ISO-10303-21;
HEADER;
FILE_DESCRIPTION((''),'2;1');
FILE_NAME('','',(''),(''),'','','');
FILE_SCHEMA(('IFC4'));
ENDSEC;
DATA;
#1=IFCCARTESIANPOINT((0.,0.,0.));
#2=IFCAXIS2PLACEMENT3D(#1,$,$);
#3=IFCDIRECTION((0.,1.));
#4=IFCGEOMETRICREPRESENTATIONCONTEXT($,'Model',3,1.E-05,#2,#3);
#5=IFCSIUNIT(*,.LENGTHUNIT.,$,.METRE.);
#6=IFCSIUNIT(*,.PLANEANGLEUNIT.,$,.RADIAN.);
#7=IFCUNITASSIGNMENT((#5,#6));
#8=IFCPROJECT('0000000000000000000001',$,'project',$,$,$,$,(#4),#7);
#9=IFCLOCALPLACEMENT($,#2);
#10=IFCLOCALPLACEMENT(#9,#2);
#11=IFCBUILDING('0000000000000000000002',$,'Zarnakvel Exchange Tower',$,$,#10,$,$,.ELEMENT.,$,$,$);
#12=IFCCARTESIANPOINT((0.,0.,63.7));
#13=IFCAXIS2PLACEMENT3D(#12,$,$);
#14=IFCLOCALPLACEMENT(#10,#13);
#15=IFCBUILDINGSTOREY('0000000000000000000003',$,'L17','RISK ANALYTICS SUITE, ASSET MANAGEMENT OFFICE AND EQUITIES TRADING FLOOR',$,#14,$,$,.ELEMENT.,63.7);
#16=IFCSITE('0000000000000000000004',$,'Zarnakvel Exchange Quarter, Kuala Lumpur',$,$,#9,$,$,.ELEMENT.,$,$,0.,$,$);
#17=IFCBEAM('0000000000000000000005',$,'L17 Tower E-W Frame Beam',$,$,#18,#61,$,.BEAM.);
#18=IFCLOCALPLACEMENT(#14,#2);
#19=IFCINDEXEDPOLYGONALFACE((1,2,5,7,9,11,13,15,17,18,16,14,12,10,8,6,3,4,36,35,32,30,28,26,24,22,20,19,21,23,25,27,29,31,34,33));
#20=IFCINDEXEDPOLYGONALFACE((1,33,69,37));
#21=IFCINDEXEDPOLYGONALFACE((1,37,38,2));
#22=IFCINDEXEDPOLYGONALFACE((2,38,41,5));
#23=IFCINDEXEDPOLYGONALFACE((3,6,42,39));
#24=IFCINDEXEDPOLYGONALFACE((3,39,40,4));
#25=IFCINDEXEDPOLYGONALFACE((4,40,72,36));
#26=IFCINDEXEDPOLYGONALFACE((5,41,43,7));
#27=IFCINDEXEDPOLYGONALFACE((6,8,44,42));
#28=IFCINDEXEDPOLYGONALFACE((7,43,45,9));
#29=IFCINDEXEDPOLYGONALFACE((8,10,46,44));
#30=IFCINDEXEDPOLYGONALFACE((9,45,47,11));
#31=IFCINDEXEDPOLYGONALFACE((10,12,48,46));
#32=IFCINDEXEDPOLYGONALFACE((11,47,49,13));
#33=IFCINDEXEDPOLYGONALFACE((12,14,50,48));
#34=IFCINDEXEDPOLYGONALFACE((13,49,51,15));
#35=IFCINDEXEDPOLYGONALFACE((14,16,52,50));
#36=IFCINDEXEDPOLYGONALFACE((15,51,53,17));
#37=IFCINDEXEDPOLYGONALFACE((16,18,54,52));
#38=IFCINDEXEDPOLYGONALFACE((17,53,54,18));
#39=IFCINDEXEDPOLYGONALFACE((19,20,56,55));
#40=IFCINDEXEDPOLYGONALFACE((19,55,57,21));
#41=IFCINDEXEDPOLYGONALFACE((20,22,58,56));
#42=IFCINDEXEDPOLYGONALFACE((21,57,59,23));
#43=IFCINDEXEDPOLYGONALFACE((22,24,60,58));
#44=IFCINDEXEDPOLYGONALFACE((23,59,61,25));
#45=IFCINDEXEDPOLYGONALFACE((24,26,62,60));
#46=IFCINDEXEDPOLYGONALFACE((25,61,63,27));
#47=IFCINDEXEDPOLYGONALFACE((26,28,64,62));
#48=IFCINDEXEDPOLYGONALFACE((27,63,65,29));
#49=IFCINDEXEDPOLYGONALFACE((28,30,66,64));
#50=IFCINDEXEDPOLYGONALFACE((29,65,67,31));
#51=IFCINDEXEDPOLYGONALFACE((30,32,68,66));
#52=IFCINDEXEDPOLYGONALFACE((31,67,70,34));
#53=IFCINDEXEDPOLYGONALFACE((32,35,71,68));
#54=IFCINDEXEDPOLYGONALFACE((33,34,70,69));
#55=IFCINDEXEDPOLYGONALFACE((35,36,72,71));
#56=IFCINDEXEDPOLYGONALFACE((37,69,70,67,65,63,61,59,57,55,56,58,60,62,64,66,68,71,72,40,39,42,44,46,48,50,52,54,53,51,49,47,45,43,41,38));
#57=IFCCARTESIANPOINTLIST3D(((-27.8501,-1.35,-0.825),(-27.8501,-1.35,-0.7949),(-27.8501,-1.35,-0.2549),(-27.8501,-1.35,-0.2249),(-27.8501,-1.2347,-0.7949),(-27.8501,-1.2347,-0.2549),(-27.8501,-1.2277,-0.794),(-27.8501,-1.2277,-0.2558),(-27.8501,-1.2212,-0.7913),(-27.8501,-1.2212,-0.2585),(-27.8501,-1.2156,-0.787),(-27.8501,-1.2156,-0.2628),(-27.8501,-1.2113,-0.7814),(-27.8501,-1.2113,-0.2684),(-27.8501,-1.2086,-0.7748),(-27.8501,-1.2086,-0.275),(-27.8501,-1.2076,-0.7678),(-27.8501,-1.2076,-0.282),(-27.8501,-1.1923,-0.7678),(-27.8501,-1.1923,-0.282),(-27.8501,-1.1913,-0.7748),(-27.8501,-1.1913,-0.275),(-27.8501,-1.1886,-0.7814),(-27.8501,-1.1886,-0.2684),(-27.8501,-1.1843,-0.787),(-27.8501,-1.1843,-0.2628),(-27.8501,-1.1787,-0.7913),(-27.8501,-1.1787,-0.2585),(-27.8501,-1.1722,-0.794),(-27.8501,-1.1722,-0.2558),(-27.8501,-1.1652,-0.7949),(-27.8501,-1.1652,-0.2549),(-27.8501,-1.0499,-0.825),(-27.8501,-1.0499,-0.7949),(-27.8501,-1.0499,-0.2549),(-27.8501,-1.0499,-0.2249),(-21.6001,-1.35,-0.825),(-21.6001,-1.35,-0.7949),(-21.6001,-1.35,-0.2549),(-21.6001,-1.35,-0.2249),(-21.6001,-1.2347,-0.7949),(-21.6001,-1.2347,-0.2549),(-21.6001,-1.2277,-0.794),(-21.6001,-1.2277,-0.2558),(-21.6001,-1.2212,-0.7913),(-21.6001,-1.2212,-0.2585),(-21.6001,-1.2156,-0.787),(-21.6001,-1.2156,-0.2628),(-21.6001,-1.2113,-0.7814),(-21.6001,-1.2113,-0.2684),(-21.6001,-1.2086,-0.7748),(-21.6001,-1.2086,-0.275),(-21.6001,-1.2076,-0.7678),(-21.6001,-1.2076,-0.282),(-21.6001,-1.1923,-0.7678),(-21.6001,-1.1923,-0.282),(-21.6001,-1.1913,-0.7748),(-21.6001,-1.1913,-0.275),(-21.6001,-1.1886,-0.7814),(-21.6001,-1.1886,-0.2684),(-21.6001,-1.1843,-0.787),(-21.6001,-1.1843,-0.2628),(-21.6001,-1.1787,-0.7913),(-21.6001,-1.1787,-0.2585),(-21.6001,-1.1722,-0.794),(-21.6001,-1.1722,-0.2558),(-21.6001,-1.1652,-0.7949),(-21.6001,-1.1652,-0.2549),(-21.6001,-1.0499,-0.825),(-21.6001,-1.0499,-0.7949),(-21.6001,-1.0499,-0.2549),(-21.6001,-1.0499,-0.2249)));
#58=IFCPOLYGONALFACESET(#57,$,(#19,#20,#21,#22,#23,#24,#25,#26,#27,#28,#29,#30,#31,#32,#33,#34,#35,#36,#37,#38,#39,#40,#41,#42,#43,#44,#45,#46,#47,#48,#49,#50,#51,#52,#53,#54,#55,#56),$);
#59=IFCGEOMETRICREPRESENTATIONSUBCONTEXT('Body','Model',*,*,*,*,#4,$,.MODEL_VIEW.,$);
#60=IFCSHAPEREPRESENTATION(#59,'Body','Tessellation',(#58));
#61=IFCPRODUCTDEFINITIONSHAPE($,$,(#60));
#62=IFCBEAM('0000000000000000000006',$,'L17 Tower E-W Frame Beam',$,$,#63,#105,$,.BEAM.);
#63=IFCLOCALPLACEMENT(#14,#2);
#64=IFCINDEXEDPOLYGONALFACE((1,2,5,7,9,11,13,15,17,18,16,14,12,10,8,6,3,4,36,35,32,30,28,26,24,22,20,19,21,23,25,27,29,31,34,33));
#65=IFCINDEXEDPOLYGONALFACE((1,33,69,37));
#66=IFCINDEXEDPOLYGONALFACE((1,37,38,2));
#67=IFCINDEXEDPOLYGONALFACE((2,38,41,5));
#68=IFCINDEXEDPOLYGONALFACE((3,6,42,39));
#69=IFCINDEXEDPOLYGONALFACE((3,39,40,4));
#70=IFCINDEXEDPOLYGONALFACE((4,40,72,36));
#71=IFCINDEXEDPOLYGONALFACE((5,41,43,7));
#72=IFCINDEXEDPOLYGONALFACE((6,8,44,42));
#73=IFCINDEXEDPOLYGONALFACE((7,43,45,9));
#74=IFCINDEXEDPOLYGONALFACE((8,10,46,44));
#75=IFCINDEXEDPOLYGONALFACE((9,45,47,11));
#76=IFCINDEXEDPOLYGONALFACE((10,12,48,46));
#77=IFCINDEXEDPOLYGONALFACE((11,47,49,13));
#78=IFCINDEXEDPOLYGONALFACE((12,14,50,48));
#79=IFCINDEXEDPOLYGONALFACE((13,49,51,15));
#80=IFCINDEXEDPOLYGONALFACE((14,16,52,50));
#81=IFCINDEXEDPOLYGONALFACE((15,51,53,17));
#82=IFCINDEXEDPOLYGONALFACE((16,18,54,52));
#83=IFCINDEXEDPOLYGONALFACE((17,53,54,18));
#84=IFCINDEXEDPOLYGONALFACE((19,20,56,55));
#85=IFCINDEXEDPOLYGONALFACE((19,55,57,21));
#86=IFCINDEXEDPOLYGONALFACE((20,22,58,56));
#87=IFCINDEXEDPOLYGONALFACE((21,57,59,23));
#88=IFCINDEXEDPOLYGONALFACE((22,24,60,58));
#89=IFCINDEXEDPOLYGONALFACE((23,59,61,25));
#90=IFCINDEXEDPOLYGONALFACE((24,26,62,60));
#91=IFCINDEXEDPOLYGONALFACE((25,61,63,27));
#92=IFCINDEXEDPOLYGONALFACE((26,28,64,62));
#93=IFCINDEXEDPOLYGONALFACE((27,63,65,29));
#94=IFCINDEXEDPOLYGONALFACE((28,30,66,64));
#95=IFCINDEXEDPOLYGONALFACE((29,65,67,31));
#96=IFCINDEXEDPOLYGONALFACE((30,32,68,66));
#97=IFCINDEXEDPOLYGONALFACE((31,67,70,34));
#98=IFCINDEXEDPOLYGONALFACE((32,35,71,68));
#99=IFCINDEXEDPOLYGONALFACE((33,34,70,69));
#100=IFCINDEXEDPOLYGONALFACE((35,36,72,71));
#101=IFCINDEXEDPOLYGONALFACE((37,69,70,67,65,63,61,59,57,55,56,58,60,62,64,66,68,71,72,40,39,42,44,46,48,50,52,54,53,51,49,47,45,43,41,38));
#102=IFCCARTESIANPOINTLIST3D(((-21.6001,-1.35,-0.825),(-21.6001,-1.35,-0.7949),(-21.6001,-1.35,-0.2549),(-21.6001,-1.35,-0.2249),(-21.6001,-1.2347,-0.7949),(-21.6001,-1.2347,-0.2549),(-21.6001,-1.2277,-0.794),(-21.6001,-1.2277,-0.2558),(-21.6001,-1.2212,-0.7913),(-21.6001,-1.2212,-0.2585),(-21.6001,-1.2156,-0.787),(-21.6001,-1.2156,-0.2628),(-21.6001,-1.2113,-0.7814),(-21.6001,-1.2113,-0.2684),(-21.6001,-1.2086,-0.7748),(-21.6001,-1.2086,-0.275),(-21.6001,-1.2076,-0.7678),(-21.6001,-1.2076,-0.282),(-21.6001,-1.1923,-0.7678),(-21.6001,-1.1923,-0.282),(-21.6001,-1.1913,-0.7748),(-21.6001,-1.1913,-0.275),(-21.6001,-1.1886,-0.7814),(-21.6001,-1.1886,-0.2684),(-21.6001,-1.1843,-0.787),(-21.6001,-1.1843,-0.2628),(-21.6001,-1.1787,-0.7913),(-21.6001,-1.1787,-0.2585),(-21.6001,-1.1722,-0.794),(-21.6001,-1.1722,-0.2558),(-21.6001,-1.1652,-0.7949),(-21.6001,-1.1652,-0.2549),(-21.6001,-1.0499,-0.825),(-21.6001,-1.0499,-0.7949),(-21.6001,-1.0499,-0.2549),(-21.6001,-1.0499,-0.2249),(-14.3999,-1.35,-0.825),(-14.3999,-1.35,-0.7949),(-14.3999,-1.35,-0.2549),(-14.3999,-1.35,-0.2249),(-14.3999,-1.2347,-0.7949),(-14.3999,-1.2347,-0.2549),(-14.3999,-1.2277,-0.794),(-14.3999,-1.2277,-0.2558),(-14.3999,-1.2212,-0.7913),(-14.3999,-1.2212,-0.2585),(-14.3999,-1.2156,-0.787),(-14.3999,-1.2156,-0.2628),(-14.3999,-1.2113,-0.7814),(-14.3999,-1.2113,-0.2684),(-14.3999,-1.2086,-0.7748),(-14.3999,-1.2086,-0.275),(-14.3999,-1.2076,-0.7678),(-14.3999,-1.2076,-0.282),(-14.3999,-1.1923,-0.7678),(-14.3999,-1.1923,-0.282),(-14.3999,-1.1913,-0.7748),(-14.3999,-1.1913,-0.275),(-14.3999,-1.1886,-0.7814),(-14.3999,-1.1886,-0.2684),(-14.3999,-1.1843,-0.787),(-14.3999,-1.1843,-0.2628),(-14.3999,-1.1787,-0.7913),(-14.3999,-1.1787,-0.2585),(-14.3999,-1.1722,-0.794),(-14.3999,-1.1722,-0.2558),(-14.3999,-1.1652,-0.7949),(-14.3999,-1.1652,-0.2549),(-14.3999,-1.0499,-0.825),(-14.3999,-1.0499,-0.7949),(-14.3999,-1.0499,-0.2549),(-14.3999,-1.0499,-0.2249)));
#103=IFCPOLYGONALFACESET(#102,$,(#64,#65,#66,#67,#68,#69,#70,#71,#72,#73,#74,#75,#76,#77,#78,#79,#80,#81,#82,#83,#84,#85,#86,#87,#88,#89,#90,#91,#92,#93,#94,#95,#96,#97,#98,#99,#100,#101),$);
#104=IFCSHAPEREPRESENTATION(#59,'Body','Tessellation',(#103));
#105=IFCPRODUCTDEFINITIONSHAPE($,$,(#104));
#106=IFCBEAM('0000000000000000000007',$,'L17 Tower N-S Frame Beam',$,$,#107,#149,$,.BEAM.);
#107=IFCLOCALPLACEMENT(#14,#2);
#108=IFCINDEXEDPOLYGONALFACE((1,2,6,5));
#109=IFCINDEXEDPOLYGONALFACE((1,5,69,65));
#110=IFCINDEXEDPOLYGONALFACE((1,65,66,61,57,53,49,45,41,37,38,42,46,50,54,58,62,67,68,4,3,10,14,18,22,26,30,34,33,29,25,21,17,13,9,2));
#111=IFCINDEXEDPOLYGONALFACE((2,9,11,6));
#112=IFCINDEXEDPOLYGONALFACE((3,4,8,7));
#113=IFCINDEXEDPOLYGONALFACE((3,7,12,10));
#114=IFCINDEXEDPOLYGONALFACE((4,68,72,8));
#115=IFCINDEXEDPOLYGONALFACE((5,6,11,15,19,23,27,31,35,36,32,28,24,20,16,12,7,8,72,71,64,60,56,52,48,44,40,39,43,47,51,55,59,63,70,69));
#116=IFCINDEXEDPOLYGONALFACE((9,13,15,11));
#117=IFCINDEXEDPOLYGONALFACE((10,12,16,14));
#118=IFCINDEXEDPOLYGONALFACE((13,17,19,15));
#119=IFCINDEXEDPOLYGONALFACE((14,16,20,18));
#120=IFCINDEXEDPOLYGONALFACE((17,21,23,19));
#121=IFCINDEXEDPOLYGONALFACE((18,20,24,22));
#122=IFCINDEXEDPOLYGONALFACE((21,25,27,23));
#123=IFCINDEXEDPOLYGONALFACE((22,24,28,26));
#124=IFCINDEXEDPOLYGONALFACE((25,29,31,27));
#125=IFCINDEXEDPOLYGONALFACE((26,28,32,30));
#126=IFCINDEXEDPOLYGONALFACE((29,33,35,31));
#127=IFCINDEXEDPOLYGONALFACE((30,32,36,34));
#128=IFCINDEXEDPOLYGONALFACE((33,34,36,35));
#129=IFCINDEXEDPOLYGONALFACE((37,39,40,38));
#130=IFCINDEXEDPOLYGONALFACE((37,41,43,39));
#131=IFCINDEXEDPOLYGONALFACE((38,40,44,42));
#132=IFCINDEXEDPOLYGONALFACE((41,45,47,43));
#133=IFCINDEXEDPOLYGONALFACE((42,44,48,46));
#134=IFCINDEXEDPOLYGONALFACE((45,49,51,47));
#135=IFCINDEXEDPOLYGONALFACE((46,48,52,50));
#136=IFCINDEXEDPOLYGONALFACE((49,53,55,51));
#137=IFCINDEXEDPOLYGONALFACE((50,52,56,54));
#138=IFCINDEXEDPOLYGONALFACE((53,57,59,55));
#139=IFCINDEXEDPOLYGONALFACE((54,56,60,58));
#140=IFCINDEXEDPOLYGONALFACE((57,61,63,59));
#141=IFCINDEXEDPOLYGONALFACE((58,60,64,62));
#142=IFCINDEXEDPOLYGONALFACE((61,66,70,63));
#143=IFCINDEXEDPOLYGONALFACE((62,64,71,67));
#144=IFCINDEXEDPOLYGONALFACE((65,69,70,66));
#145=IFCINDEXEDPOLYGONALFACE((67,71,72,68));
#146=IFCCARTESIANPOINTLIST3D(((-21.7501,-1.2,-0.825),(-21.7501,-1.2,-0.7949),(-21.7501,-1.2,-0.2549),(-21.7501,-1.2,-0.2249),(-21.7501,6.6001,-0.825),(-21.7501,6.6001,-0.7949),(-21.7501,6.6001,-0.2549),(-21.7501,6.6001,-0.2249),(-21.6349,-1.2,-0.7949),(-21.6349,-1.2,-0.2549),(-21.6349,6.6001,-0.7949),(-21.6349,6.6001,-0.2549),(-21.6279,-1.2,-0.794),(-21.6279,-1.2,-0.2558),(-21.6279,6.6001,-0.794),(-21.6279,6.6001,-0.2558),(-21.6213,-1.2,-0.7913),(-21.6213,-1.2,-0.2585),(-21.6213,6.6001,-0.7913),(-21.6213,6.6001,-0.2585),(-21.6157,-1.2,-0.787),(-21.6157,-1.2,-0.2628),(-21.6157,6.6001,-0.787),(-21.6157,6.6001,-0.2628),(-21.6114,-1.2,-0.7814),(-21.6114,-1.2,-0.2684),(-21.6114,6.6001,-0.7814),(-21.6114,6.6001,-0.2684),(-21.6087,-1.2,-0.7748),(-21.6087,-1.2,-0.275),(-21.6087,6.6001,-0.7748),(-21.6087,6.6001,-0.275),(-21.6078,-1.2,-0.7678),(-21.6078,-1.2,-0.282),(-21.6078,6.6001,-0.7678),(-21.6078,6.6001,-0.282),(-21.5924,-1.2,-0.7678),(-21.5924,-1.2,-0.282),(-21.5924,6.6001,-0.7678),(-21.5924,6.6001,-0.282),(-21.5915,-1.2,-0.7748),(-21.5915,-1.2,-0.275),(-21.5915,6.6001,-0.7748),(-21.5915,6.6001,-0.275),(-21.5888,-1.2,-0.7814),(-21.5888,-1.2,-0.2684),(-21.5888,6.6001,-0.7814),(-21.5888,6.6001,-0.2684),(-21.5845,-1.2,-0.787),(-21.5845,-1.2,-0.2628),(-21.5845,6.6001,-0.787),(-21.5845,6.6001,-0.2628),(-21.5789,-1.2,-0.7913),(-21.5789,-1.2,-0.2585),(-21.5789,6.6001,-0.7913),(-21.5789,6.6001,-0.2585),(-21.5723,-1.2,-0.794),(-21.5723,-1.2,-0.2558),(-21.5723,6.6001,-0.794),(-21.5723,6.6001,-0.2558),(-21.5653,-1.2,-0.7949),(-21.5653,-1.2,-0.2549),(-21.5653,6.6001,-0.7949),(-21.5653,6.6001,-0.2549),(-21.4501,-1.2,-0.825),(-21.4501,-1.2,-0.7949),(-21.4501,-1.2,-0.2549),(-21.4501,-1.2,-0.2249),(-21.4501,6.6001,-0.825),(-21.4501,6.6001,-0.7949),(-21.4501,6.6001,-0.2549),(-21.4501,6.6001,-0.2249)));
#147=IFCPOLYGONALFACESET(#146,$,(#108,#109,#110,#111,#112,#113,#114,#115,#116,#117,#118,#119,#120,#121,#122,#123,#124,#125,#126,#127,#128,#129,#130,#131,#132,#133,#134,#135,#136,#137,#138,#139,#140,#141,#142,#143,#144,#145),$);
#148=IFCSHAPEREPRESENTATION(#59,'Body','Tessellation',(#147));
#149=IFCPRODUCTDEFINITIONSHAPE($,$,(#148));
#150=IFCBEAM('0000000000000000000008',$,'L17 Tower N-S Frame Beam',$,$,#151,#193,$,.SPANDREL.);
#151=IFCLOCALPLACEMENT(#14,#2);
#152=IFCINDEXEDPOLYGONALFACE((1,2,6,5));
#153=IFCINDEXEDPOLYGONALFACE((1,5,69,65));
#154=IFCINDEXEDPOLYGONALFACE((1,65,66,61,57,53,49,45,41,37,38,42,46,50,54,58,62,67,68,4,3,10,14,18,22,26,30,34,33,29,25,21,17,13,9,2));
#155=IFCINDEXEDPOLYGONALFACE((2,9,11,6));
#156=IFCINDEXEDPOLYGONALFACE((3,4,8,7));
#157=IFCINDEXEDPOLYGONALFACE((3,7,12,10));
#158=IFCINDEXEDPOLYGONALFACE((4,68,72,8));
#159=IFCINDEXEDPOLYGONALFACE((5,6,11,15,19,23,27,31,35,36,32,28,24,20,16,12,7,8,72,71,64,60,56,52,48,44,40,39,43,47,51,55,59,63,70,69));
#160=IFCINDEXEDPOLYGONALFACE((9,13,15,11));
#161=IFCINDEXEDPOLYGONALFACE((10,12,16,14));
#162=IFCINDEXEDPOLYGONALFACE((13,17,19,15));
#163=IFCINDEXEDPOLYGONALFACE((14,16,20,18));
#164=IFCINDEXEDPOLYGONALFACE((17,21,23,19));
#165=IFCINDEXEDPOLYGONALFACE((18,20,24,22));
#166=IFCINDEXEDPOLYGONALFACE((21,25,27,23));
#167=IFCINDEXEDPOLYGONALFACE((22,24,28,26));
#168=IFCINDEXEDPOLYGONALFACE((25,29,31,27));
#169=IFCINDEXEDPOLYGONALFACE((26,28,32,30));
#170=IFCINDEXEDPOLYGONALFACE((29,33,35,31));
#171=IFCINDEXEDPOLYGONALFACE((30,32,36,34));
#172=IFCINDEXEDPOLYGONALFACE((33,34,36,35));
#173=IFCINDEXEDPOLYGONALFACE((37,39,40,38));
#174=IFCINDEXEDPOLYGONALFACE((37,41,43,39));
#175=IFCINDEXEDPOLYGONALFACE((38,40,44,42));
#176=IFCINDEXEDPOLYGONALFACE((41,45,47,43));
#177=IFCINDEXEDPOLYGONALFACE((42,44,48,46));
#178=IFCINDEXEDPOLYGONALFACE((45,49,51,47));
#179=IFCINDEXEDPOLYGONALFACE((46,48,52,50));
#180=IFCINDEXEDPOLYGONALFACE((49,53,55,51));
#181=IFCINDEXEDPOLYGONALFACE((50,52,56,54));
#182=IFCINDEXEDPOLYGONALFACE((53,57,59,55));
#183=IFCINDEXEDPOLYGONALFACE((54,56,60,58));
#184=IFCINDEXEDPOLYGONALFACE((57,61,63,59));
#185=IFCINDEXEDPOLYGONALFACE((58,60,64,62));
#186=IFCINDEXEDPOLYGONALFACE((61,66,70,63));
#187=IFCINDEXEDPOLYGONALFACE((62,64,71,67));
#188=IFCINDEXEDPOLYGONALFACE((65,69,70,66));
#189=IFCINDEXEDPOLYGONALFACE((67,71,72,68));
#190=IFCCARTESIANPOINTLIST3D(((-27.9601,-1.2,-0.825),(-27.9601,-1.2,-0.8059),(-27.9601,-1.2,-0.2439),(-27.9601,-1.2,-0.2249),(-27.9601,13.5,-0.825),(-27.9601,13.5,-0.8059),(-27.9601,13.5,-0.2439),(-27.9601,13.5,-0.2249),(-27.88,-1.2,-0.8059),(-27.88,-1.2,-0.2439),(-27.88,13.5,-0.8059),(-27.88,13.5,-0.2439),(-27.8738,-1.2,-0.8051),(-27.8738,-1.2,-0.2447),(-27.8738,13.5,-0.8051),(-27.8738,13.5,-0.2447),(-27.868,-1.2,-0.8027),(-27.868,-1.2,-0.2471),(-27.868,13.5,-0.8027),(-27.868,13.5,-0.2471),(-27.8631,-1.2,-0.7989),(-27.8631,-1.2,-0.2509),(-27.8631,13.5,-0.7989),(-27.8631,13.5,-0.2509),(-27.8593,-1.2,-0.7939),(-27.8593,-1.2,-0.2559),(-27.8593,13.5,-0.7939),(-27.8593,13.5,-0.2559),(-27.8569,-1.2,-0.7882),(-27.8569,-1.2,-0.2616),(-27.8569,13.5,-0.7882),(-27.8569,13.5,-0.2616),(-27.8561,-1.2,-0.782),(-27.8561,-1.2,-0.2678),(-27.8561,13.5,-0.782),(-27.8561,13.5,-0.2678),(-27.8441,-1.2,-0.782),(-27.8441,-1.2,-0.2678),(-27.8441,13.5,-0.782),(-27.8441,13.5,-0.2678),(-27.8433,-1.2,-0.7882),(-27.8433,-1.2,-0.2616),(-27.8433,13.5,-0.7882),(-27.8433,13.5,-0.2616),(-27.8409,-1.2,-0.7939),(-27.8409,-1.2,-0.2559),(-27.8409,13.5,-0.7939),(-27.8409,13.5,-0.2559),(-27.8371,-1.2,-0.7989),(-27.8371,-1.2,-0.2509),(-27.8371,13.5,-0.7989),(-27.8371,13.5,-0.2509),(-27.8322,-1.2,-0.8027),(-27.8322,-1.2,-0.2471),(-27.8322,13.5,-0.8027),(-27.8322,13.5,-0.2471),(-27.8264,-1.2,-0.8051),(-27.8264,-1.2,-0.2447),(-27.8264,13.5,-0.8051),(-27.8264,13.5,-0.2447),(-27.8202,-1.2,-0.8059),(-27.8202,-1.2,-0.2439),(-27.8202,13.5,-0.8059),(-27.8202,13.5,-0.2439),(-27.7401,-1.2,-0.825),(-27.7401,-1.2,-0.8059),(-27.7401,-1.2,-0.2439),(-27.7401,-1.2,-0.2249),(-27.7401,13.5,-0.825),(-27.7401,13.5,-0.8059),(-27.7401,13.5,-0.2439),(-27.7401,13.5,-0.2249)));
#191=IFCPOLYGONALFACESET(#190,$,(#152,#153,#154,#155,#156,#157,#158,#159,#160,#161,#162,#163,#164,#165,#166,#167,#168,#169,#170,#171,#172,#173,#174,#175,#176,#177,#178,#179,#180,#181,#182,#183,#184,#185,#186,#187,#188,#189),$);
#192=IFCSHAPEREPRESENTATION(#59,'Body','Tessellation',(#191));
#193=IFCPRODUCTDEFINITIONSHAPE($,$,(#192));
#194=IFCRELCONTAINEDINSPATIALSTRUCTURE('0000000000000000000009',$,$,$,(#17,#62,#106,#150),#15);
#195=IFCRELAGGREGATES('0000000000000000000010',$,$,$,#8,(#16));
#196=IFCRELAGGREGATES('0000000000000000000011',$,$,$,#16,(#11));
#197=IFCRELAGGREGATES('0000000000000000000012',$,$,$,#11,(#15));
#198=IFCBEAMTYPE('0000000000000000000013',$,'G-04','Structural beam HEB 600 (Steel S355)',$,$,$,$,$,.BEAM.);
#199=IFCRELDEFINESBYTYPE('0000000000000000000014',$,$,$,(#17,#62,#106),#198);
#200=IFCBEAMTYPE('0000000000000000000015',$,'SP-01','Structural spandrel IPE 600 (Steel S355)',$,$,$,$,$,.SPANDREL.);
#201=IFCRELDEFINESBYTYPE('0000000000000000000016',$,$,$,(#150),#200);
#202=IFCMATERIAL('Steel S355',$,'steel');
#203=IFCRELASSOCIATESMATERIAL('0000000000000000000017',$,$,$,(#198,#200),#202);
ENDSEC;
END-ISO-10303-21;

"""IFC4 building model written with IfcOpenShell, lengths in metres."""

from ifc_helpers import new_model, si_unit, direction, frame, origin, origin_2d, place, context, subcontext, project, spatial, i_section, extrude, material, material_profile, profile_set, type_object, element, save


model = new_model("IFC4")

# Units and contexts
model_context = context("Model", 3, precision=1e-05, world=origin(), true_north=direction((0.0, 1.0)))
body_context = subcontext(model_context, "Body", "Model", "MODEL_VIEW")
ifc_project = project(units=[si_unit("LENGTHUNIT", "METRE"), si_unit("PLANEANGLEUNIT", "RADIAN")], contexts=[model_context])

# Site, building, storey
site_placement = place(None, origin())
site = spatial("IfcSite", under=ifc_project, at=site_placement, Name="Zarnakvel Exchange Quarter, Kuala Lumpur", CompositionType="ELEMENT", RefElevation=0.0)
building_placement = place(site_placement, origin())
building = spatial("IfcBuilding", under=site, at=building_placement, Name="Zarnakvel Exchange Tower", CompositionType="ELEMENT")
storey_placement = place(building_placement, frame((0.0, 0.0, 63.7)))
storey = spatial("IfcBuildingStorey", under=building, at=storey_placement, Name="L17", Description="RISK ANALYTICS SUITE, ASSET MANAGEMENT OFFICE AND EQUITIES TRADING FLOOR", CompositionType="ELEMENT", Elevation=63.7)

# Shared definitions
ifc_material_1 = material(Name="Steel S355", Category="steel")

# Beams
ifc_material_profile_1 = material_profile(ifc_material_1, i_section(OverallWidth=0.3, OverallDepth=0.6001, WebThickness=0.0154, FlangeThickness=0.03, FilletRadius=0.0271, at=origin_2d()))
ifc_profile_set_1 = profile_set([ifc_material_profile_1], Name="Steel S355")
beam_type_1 = type_object("IfcBeamType", Name="G-04", Description="Structural beam HEB 600 (Steel S355)", PredefinedType="BEAM", material=ifc_profile_set_1)
beam_1_placement = place(storey_placement, frame((-27.8501, -1.2, -0.5249), z_axis=(1.0, 0.0, 0.0), x_axis=(0.0, 1.0, 0.0)))
element("IfcBeam", 1, at=beam_1_placement, inside=storey, type_object=beam_type_1, Name="L17 Tower E-W Frame Beam", PredefinedType="BEAM", context=body_context, shape_type="SweptSolid", body=[
    extrude(i_section(OverallWidth=0.3, OverallDepth=0.6001, WebThickness=0.0154, FlangeThickness=0.03, FilletRadius=0.0271, at=origin_2d()), origin(), (0.0, 0.0, 1.0), 6.25),
])
beam_2_placement = place(storey_placement, frame((-21.6001, -1.2, -0.5249), z_axis=(1.0, 0.0, 0.0), x_axis=(0.0, 1.0, 0.0)))
element("IfcBeam", 2, at=beam_2_placement, inside=storey, type_object=beam_type_1, Name="L17 Tower E-W Frame Beam", PredefinedType="BEAM", context=body_context, shape_type="SweptSolid", body=[
    extrude(i_section(OverallWidth=0.3, OverallDepth=0.6001, WebThickness=0.0154, FlangeThickness=0.03, FilletRadius=0.0271, at=origin_2d()), origin(), (0.0, 0.0, 1.0), 7.2002),
])
beam_3_placement = place(storey_placement, frame((-21.6001, -1.2, -0.5249), z_axis=(0.0, 1.0, 0.0), x_axis=(-1.0, 0.0, 0.0)))
element("IfcBeam", 3, at=beam_3_placement, inside=storey, type_object=beam_type_1, Name="L17 Tower N-S Frame Beam", PredefinedType="BEAM", context=body_context, shape_type="SweptSolid", body=[
    extrude(i_section(OverallWidth=0.3, OverallDepth=0.6001, WebThickness=0.0154, FlangeThickness=0.03, FilletRadius=0.0271, at=origin_2d()), origin(), (0.0, 0.0, 1.0), 7.8),
])
ifc_material_profile_2 = material_profile(ifc_material_1, i_section(OverallWidth=0.22, OverallDepth=0.6001, WebThickness=0.012, FlangeThickness=0.019, FilletRadius=0.0239, at=origin_2d()))
ifc_profile_set_2 = profile_set([ifc_material_profile_2], Name="Steel S355")
beam_type_2 = type_object("IfcBeamType", Name="SP-01", Description="Structural spandrel IPE 600 (Steel S355)", PredefinedType="SPANDREL", material=ifc_profile_set_2)
beam_4_placement = place(storey_placement, frame((-27.8501, -1.2, -0.5249), z_axis=(0.0, 1.0, 0.0), x_axis=(-1.0, 0.0, 0.0)))
element("IfcBeam", 4, at=beam_4_placement, inside=storey, type_object=beam_type_2, Name="L17 Tower N-S Frame Beam", PredefinedType="SPANDREL", context=body_context, shape_type="SweptSolid", body=[
    extrude(i_section(OverallWidth=0.22, OverallDepth=0.6001, WebThickness=0.012, FlangeThickness=0.019, FilletRadius=0.0239, at=origin_2d()), origin(), (0.0, 0.0, 1.0), 14.7),
])

save(model, "model.ifc")
